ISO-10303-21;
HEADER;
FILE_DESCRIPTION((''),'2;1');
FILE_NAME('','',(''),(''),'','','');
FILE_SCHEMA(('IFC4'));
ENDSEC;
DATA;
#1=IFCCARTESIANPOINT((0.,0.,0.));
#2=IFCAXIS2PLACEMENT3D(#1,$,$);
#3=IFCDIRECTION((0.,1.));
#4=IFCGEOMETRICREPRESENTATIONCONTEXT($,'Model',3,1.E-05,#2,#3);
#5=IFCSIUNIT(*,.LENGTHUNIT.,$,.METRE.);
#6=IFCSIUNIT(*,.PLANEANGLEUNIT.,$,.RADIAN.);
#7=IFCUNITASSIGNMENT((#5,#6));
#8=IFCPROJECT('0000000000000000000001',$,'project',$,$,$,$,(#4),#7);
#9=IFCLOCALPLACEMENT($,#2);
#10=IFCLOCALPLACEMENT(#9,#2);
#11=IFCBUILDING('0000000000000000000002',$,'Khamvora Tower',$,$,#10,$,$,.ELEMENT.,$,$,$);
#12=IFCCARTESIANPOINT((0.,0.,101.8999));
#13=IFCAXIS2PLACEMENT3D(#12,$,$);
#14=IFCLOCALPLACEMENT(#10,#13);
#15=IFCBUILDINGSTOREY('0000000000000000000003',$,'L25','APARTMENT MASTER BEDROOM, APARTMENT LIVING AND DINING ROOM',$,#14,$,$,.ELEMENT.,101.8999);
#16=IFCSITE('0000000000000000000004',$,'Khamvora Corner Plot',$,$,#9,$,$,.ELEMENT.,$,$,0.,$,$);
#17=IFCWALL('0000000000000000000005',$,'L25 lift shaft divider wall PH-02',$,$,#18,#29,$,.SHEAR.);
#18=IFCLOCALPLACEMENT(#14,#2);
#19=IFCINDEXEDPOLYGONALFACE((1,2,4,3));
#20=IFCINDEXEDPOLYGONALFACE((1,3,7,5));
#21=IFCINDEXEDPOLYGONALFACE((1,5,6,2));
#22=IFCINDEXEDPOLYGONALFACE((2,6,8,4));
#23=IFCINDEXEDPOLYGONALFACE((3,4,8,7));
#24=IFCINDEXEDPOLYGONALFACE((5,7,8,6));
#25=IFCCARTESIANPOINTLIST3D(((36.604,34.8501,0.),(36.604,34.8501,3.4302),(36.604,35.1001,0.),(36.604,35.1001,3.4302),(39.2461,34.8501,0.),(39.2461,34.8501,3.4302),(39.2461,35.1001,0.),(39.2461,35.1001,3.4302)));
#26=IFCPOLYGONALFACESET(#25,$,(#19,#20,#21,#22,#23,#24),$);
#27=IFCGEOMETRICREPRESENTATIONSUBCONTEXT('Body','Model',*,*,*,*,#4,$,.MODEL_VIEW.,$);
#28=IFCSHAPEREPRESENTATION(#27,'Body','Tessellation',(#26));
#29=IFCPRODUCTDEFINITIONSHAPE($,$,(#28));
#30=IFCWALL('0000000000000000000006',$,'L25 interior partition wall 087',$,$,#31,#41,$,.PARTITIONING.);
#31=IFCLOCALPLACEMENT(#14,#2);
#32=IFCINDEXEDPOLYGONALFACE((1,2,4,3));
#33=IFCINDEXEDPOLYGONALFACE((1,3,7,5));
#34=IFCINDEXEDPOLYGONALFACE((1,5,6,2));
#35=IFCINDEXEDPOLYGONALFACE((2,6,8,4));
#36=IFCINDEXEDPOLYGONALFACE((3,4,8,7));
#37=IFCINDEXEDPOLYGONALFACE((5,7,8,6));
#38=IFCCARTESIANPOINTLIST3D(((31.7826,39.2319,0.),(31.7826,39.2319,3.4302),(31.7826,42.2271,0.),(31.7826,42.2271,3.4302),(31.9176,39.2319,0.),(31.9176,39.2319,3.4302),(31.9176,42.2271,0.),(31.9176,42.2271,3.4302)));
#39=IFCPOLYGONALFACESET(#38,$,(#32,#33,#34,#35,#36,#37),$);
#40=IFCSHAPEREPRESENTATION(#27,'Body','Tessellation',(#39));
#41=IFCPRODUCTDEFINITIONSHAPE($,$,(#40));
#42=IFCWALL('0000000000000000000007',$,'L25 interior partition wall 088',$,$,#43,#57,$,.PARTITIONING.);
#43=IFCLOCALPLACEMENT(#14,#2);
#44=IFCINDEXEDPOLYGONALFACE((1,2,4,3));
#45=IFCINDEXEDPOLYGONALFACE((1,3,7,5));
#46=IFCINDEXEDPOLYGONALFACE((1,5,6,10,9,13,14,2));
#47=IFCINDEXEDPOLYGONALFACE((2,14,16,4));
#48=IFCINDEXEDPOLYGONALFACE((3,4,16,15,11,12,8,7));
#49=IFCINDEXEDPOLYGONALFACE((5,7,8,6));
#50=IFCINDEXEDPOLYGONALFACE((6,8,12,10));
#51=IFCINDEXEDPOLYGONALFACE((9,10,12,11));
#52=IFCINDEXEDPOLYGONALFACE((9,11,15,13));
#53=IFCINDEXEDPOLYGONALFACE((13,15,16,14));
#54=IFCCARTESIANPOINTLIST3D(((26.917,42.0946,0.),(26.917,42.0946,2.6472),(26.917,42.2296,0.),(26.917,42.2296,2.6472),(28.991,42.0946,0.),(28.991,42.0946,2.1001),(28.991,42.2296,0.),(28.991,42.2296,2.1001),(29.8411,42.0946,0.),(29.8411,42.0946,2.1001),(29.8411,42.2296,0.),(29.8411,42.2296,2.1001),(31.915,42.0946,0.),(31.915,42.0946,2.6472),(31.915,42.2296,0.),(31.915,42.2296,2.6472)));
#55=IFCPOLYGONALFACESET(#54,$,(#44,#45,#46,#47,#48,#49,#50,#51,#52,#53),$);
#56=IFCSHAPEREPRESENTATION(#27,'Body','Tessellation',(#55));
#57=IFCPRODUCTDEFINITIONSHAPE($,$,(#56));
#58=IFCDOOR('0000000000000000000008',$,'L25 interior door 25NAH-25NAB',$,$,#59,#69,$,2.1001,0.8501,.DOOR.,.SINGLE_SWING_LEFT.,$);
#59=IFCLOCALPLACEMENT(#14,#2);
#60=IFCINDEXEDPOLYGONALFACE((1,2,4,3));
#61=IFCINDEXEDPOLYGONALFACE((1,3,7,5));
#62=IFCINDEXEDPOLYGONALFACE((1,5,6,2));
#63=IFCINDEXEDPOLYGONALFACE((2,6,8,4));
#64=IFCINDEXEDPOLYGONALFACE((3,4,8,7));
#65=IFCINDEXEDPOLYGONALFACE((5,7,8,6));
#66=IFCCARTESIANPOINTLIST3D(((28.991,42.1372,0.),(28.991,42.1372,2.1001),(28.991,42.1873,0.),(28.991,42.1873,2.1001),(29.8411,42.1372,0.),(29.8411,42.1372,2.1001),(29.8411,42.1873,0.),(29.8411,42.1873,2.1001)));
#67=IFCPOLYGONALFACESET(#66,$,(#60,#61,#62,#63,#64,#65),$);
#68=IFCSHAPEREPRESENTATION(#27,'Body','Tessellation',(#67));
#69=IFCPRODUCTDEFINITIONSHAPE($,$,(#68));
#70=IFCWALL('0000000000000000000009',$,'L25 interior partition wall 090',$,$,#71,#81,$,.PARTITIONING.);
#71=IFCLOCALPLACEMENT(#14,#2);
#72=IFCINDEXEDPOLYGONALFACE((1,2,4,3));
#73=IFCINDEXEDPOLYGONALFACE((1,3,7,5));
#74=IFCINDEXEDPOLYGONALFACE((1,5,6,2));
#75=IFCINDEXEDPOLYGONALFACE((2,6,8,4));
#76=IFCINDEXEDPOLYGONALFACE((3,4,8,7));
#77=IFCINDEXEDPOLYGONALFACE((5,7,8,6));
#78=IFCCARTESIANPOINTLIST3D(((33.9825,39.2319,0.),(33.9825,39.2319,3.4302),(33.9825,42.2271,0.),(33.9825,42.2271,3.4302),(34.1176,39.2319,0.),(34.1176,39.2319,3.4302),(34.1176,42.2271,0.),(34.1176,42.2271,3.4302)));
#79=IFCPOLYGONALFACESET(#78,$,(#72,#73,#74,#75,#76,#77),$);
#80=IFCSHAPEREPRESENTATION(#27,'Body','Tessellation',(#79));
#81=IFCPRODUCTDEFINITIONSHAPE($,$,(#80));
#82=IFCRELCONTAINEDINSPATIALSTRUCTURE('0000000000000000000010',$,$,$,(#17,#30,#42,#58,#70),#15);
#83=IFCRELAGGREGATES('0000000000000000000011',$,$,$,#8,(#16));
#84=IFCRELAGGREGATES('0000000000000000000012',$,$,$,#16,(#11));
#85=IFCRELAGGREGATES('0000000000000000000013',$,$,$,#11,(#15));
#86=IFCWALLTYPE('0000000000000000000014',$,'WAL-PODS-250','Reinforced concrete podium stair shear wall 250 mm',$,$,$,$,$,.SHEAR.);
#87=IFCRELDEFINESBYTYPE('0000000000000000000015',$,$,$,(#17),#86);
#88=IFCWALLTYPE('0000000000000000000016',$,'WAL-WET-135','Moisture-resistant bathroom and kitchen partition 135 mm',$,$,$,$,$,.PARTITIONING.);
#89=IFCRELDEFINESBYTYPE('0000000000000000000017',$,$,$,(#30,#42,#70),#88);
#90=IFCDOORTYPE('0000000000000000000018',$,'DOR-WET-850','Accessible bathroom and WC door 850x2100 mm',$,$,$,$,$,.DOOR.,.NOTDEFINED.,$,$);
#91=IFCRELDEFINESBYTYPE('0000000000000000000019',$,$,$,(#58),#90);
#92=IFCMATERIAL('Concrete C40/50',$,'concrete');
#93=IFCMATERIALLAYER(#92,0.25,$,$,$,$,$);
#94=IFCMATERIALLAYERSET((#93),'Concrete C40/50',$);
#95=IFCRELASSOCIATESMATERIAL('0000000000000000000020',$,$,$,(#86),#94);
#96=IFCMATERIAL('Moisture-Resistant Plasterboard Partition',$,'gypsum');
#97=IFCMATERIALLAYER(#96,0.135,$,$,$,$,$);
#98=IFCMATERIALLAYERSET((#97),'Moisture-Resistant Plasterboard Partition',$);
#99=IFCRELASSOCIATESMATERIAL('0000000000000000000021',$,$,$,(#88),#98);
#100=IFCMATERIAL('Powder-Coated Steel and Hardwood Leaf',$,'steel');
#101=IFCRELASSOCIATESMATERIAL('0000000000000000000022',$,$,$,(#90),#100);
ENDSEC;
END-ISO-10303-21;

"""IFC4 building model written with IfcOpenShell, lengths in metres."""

from ifc_helpers import new_model, si_unit, direction, frame, frame_2d, origin, place, context, subcontext, project, spatial, rectangle, extrude, material, layer, layer_set, type_object, element, fill, save


model = new_model("IFC4")

# Units and contexts
model_context = context("Model", 3, precision=1e-05, world=origin(), true_north=direction((0.0, 1.0)))
body_context = subcontext(model_context, "Body", "Model", "MODEL_VIEW")
ifc_project = project(units=[si_unit("LENGTHUNIT", "METRE"), si_unit("PLANEANGLEUNIT", "RADIAN")], contexts=[model_context])

# Site, building, storey
site_placement = place(None, origin())
site = spatial("IfcSite", under=ifc_project, at=site_placement, Name="Khamvora Corner Plot", CompositionType="ELEMENT", RefElevation=0.0)
building_placement = place(site_placement, origin())
building = spatial("IfcBuilding", under=site, at=building_placement, Name="Khamvora Tower", CompositionType="ELEMENT")
storey_placement = place(building_placement, frame((0.0, 0.0, 101.8999)))
storey = spatial("IfcBuildingStorey", under=building, at=storey_placement, Name="L25", Description="APARTMENT MASTER BEDROOM, APARTMENT LIVING AND DINING ROOM", CompositionType="ELEMENT", Elevation=101.8999)

# Shared definitions
ifc_material_1 = material(Name="Powder-Coated Steel and Hardwood Leaf", Category="steel")

# Walls
ifc_material_2 = material(Name="Concrete C40/50", Category="concrete")
ifc_layer_1 = layer(ifc_material_2, 0.25)
ifc_layer_set_1 = layer_set([ifc_layer_1], Name="Concrete C40/50")
wall_type_1 = type_object("IfcWallType", Name="WAL-PODS-250", Description="Reinforced concrete podium stair shear wall 250 mm", PredefinedType="SHEAR", material=ifc_layer_set_1)
wall_1_placement = place(storey_placement, frame((36.604, 34.9751, 0.0), z_axis=(0.0, 0.0, 1.0), x_axis=(1.0, 0.0, 0.0)))
element("IfcWall", 1, at=wall_1_placement, inside=storey, type_object=wall_type_1, Name="L25 lift shaft divider wall PH-02", PredefinedType="SHEAR", context=body_context, shape_type="SweptSolid", body=[
    extrude(rectangle(XDim=2.6421, YDim=0.25, at=frame_2d((1.321, 0.0))), origin(), (0.0, 0.0, 1.0), 3.4302),
])
ifc_material_3 = material(Name="Moisture-Resistant Plasterboard Partition", Category="gypsum")
ifc_layer_2 = layer(ifc_material_3, 0.135)
ifc_layer_set_2 = layer_set([ifc_layer_2], Name="Moisture-Resistant Plasterboard Partition")
wall_type_2 = type_object("IfcWallType", Name="WAL-WET-135", Description="Moisture-resistant bathroom and kitchen partition 135 mm", PredefinedType="PARTITIONING", material=ifc_layer_set_2)
wall_2_placement = place(storey_placement, frame((31.8501, 39.2319, 0.0), z_axis=(0.0, 0.0, 1.0), x_axis=(0.0, 1.0, 0.0)))
element("IfcWall", 2, at=wall_2_placement, inside=storey, type_object=wall_type_2, Name="L25 interior partition wall 087", PredefinedType="PARTITIONING", context=body_context, shape_type="SweptSolid", body=[
    extrude(rectangle(XDim=2.9951, YDim=0.135, at=frame_2d((1.4976, 0.0))), origin(), (0.0, 0.0, 1.0), 3.4302),
])

# Wall, opening, door
wall_3_placement = place(storey_placement, frame((31.915, 42.1621, 0.0), z_axis=(0.0, 0.0, 1.0), x_axis=(-1.0, 0.0, 0.0)))
wall_3 = element("IfcWall", 3, at=wall_3_placement, inside=storey, type_object=wall_type_2, Name="L25 interior partition wall 088", PredefinedType="PARTITIONING", context=body_context, shape_type="SweptSolid", body=[
    extrude(rectangle(XDim=4.998, YDim=0.135, at=frame_2d((2.499, 0.0))), origin(), (0.0, 0.0, 1.0), 2.6472),
])
opening_1_placement = place(wall_3_placement, frame((2.074, 0.0, 0.0)))
opening_1 = element("IfcOpeningElement", 4, at=opening_1_placement, cuts=wall_3, PredefinedType="OPENING", context=body_context, shape_type="SweptSolid", body=[
    extrude(rectangle(XDim=0.8501, YDim=2.1001, at=frame_2d((0.425, 1.05))), frame((0.0, 0.0774, 0.0), z_axis=(0.0, -1.0, 0.0), x_axis=(1.0, 0.0, 0.0)), (0.0, 0.0, 1.0), 0.155),
])
door_type_1 = type_object("IfcDoorType", Name="DOR-WET-850", Description="Accessible bathroom and WC door 850x2100 mm", OperationType="NOTDEFINED", PredefinedType="DOOR", material=ifc_material_1)
door_1_placement = place(opening_1_placement, origin())
door_1 = element("IfcDoor", 5, at=door_1_placement, inside=storey, type_object=door_type_1, Name="L25 interior door 25NAH-25NAB", OperationType="SINGLE_SWING_LEFT", OverallHeight=2.1001, OverallWidth=0.8501, PredefinedType="DOOR", context=body_context, shape_type="SweptSolid", body=[
    extrude(rectangle(XDim=0.8501, YDim=2.1001, at=frame_2d((0.425, 1.05))), frame((0.0, 0.0249, 0.0), z_axis=(0.0, -1.0, 0.0), x_axis=(1.0, 0.0, 0.0)), (0.0, 0.0, 1.0), 0.05),
])
fill(opening_1, door_1)

# Wall
wall_4_placement = place(storey_placement, frame((34.05, 42.2271, 0.0), z_axis=(0.0, 0.0, 1.0), x_axis=(0.0, -1.0, 0.0)))
element("IfcWall", 6, at=wall_4_placement, inside=storey, type_object=wall_type_2, Name="L25 interior partition wall 090", PredefinedType="PARTITIONING", context=body_context, shape_type="SweptSolid", body=[
    extrude(rectangle(XDim=2.9951, YDim=0.135, at=frame_2d((1.4976, 0.0))), origin(), (0.0, 0.0, 1.0), 3.4302),
])

save(model, "model.ifc")
